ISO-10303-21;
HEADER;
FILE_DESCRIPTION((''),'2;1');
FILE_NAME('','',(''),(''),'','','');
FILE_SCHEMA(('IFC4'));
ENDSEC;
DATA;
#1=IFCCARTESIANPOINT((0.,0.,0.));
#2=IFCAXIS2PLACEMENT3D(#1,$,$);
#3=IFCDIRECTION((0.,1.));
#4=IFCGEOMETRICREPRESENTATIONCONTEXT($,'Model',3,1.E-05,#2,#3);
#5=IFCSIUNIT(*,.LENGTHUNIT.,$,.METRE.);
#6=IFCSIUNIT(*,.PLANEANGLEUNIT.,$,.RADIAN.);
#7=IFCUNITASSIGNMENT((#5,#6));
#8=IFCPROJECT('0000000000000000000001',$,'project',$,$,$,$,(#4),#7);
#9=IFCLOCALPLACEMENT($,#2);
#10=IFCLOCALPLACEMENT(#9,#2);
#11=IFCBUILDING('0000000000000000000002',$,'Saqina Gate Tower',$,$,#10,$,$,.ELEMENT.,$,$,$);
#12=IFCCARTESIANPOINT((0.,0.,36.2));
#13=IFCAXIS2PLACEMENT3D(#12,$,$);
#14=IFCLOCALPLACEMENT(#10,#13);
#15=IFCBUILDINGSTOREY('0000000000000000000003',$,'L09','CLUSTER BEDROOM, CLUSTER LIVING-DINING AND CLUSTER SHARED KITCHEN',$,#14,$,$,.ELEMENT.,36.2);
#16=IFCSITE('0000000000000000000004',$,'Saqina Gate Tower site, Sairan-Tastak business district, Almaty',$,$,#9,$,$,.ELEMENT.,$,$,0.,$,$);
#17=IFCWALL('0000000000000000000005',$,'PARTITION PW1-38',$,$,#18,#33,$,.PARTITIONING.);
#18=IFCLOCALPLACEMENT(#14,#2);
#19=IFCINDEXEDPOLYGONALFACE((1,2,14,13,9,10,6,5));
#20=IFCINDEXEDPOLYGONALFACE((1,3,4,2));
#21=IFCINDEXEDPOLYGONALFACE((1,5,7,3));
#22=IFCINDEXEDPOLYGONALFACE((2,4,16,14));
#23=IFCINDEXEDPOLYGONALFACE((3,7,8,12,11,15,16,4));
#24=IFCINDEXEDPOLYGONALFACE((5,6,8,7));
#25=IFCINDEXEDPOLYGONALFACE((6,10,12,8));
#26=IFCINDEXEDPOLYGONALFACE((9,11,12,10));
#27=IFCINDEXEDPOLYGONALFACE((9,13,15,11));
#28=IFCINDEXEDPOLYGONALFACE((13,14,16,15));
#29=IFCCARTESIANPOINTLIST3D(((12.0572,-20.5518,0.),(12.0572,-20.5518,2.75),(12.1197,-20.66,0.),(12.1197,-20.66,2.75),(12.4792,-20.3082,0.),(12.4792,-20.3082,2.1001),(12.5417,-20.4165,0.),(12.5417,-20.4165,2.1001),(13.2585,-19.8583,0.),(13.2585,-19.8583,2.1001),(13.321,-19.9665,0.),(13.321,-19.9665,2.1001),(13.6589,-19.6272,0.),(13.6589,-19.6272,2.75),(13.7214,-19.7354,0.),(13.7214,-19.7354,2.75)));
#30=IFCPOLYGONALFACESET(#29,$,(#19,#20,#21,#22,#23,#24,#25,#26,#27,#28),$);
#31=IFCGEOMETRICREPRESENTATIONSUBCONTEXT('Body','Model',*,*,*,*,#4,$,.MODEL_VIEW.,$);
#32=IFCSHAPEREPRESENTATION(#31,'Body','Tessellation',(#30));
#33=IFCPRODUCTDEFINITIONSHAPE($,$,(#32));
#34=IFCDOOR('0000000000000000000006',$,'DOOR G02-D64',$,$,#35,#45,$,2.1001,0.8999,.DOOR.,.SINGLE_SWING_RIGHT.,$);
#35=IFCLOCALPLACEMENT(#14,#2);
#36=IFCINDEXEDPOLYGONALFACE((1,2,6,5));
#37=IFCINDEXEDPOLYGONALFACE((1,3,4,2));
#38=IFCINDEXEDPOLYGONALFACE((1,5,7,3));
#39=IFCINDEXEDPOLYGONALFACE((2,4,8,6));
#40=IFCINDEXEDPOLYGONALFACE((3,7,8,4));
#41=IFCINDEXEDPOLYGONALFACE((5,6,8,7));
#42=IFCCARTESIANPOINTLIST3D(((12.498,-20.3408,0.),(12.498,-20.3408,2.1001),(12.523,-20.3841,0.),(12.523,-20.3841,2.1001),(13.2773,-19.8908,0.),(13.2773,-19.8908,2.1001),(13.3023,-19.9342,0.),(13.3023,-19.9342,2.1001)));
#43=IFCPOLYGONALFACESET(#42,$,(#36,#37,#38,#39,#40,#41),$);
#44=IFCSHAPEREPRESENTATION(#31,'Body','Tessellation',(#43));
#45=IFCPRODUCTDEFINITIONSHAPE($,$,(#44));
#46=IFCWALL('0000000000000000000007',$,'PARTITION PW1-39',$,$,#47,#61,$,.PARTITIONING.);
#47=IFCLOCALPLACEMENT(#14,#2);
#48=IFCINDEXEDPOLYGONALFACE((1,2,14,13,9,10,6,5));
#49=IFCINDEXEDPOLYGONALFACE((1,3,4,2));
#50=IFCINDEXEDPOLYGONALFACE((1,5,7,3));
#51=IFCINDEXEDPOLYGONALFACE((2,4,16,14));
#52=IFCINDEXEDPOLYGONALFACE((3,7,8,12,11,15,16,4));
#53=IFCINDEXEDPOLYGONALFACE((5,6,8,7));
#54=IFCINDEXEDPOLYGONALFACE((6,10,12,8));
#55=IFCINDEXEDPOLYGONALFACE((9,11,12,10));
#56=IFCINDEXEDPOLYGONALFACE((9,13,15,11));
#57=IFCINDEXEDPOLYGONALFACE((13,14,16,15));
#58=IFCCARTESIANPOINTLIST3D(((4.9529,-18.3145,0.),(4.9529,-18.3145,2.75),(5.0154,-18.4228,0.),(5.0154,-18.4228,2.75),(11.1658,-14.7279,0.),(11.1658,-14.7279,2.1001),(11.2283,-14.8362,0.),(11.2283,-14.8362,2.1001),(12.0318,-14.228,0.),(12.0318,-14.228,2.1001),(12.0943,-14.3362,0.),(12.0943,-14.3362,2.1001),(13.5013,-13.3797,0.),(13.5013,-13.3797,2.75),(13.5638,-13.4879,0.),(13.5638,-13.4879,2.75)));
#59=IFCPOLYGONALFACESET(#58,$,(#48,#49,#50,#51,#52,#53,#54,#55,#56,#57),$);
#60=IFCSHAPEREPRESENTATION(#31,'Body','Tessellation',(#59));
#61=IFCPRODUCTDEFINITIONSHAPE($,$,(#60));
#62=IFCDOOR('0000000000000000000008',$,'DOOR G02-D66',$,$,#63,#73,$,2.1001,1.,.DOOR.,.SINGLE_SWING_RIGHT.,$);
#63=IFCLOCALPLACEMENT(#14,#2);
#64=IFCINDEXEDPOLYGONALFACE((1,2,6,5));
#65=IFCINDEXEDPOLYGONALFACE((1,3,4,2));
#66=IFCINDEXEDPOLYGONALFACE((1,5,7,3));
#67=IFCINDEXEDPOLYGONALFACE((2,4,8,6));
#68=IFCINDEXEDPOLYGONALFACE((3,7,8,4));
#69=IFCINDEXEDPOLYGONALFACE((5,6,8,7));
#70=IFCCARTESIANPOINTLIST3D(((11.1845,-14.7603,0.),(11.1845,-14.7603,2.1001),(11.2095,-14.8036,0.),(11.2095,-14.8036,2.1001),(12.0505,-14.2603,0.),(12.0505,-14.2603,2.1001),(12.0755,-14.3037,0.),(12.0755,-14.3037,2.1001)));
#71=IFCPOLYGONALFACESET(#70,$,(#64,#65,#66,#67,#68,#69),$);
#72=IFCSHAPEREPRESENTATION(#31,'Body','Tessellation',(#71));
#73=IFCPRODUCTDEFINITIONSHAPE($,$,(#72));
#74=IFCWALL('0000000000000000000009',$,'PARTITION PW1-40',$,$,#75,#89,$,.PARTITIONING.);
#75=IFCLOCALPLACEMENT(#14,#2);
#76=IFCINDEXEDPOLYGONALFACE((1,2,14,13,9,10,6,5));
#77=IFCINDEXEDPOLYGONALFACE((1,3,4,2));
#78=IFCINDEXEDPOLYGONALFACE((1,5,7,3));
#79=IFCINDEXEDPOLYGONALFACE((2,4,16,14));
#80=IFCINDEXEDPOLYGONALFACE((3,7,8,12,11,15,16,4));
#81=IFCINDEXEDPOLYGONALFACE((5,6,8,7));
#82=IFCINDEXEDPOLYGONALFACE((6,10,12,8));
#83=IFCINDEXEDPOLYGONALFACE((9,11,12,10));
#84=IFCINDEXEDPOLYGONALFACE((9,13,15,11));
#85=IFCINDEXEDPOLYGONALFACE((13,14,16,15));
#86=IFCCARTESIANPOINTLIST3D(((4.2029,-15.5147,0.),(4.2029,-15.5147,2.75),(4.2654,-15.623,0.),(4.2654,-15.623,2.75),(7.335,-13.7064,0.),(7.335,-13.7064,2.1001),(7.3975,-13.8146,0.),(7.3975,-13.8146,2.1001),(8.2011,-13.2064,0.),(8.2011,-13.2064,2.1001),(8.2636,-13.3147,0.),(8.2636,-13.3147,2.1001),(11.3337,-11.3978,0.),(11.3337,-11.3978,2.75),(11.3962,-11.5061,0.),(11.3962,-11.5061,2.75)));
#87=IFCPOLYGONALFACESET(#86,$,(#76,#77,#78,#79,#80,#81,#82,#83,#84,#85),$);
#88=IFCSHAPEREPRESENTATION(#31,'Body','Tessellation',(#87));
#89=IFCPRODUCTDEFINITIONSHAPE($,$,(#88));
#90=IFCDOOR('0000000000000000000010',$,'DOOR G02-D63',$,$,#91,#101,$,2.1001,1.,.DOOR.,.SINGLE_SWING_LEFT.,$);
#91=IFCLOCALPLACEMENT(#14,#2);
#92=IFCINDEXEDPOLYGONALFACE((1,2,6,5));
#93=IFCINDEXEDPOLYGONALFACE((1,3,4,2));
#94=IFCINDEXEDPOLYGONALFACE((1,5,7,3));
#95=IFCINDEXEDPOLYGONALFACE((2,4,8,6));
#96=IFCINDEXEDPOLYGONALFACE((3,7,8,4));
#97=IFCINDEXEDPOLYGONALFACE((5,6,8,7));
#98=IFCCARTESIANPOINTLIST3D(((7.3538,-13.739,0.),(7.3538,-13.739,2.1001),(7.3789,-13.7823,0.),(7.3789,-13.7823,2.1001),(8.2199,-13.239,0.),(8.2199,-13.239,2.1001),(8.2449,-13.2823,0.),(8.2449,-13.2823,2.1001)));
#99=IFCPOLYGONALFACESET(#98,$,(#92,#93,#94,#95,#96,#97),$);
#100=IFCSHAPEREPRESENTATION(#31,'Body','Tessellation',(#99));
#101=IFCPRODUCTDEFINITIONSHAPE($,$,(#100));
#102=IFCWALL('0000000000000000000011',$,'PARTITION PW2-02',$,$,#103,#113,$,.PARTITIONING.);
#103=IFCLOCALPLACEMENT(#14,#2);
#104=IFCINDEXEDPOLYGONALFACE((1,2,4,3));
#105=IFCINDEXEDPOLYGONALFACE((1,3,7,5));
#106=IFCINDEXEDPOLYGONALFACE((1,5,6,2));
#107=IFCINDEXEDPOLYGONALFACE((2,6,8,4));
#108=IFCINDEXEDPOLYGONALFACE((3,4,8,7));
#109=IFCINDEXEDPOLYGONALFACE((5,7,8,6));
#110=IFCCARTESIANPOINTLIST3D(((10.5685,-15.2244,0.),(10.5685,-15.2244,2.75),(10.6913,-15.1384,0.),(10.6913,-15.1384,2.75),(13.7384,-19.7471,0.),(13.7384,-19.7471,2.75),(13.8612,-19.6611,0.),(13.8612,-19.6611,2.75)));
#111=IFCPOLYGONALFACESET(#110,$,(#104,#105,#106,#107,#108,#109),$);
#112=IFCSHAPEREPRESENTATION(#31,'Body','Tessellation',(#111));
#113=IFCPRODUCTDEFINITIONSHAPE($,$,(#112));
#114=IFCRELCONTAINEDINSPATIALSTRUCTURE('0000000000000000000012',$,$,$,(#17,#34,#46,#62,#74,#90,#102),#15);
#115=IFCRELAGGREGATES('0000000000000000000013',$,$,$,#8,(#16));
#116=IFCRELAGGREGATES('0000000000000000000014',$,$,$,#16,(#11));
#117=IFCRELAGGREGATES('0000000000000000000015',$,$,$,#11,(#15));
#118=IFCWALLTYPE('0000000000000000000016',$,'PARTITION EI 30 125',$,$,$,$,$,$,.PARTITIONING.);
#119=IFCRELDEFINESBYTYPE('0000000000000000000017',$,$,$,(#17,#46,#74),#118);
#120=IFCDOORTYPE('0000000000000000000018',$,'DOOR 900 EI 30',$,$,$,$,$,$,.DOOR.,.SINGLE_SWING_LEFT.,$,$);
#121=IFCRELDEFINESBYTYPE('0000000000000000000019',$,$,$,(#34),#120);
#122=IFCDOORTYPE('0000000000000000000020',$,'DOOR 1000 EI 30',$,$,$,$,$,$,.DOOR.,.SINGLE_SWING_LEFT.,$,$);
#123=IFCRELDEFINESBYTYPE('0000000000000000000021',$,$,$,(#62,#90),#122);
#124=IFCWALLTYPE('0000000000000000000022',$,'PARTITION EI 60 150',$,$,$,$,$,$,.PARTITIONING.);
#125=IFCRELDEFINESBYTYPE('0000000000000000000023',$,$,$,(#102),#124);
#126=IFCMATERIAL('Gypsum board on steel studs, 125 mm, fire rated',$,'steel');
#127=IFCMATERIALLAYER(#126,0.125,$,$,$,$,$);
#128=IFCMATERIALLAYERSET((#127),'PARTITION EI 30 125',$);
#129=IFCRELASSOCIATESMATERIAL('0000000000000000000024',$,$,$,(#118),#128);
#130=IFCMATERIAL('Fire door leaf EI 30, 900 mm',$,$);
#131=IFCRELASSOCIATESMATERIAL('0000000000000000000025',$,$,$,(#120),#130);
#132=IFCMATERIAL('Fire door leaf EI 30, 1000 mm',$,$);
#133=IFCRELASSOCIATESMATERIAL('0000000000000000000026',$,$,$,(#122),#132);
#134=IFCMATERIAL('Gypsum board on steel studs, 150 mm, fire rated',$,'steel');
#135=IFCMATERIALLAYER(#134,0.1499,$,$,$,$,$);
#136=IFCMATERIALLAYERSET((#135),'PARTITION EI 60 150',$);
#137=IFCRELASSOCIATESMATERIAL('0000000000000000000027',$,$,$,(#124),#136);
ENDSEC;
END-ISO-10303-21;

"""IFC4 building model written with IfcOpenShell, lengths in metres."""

from ifc_helpers import new_model, si_unit, direction, frame, frame_2d, origin, place, context, subcontext, project, spatial, rectangle, extrude, material, layer, layer_set, type_object, element, fill, save


model = new_model("IFC4")

# Units and contexts
model_context = context("Model", 3, precision=1e-05, world=origin(), true_north=direction((0.0, 1.0)))
body_context = subcontext(model_context, "Body", "Model", "MODEL_VIEW")
ifc_project = project(units=[si_unit("LENGTHUNIT", "METRE"), si_unit("PLANEANGLEUNIT", "RADIAN")], contexts=[model_context])

# Site, building, storey
site_placement = place(None, origin())
site = spatial("IfcSite", under=ifc_project, at=site_placement, Name="Saqina Gate Tower site, Sairan-Tastak business district, Almaty", CompositionType="ELEMENT", RefElevation=0.0)
building_placement = place(site_placement, origin())
building = spatial("IfcBuilding", under=site, at=building_placement, Name="Saqina Gate Tower", CompositionType="ELEMENT")
storey_placement = place(building_placement, frame((0.0, 0.0, 36.2)))
storey = spatial("IfcBuildingStorey", under=building, at=storey_placement, Name="L09", Description="CLUSTER BEDROOM, CLUSTER LIVING-DINING AND CLUSTER SHARED KITCHEN", CompositionType="ELEMENT", Elevation=36.2)

# Walls, openings, doors
ifc_material_1 = material(Name="Gypsum board on steel studs, 125 mm, fire rated", Category="steel")
ifc_layer_1 = layer(ifc_material_1, 0.125)
ifc_layer_set_1 = layer_set([ifc_layer_1], Name="PARTITION EI 30 125")
wall_type_1 = type_object("IfcWallType", Name="PARTITION EI 30 125", PredefinedType="PARTITIONING", material=ifc_layer_set_1)
wall_1_placement = place(storey_placement, frame((12.0884, -20.606, 0.0), z_axis=(0.0, 0.0, 1.0), x_axis=(0.866049, 0.499959, 0.0)))
wall_1 = element("IfcWall", 1, at=wall_1_placement, inside=storey, type_object=wall_type_1, Name="PARTITION PW1-38", PredefinedType="PARTITIONING", context=body_context, shape_type="SweptSolid", body=[
    extrude(rectangle(XDim=1.8494, YDim=0.125, at=frame_2d((0.9248, 0.0))), origin(), (0.0, 0.0, 1.0), 2.75),
])
opening_1_placement = place(wall_1_placement, frame((0.4873, 0.0, 0.0)))
opening_1 = element("IfcOpeningElement", 2, at=opening_1_placement, cuts=wall_1, PredefinedType="OPENING", context=body_context, shape_type="SweptSolid", body=[
    extrude(rectangle(XDim=0.8999, YDim=2.1001, at=frame_2d((0.45, 1.05))), frame((0.0, 0.0745, 0.0), z_axis=(0.0, -1.0, 0.0), x_axis=(1.0, 0.0, 0.0)), (0.0, 0.0, 1.0), 0.1489),
])
ifc_material_2 = material(Name="Fire door leaf EI 30, 900 mm")
door_type_1 = type_object("IfcDoorType", Name="DOOR 900 EI 30", OperationType="SINGLE_SWING_LEFT", PredefinedType="DOOR", material=ifc_material_2)
door_1_placement = place(opening_1_placement, origin())
door_1 = element("IfcDoor", 3, at=door_1_placement, inside=storey, type_object=door_type_1, Name="DOOR G02-D64", OperationType="SINGLE_SWING_RIGHT", OverallHeight=2.1001, OverallWidth=0.8999, PredefinedType="DOOR", context=body_context, shape_type="SweptSolid", body=[
    extrude(rectangle(XDim=0.8999, YDim=2.1001, at=frame_2d((0.45, 1.05))), frame((0.0, 0.0249, 0.0), z_axis=(0.0, -1.0, 0.0), x_axis=(1.0, 0.0, 0.0)), (0.0, 0.0, 1.0), 0.05),
])
fill(opening_1, door_1)
wall_2_placement = place(storey_placement, frame((4.9841, -18.3687, 0.0), z_axis=(0.0, 0.0, 1.0), x_axis=(0.86605, 0.499957, 0.0)))
wall_2 = element("IfcWall", 4, at=wall_2_placement, inside=storey, type_object=wall_type_1, Name="PARTITION PW1-39", PredefinedType="PARTITIONING", context=body_context, shape_type="SweptSolid", body=[
    extrude(rectangle(XDim=9.8706, YDim=0.125, at=frame_2d((4.9353, 0.0))), origin(), (0.0, 0.0, 1.0), 2.75),
])
opening_2_placement = place(wall_2_placement, frame((7.1738, 0.0, 0.0)))
opening_2 = element("IfcOpeningElement", 5, at=opening_2_placement, cuts=wall_2, PredefinedType="OPENING", context=body_context, shape_type="SweptSolid", body=[
    extrude(rectangle(XDim=1.0, YDim=2.1001, at=frame_2d((0.5, 1.05))), frame((0.0, 0.0745, 0.0), z_axis=(0.0, -1.0, 0.0), x_axis=(1.0, 0.0, 0.0)), (0.0, 0.0, 1.0), 0.1489),
])
ifc_material_3 = material(Name="Fire door leaf EI 30, 1000 mm")
door_type_2 = type_object("IfcDoorType", Name="DOOR 1000 EI 30", OperationType="SINGLE_SWING_LEFT", PredefinedType="DOOR", material=ifc_material_3)
door_2_placement = place(opening_2_placement, frame((1.0, 0.0, 0.0), z_axis=(0.0, 0.0, 1.0), x_axis=(-1.0, 0.0, 0.0)))
door_2 = element("IfcDoor", 6, at=door_2_placement, inside=storey, type_object=door_type_2, Name="DOOR G02-D66", OperationType="SINGLE_SWING_RIGHT", OverallHeight=2.1001, OverallWidth=1.0, PredefinedType="DOOR", context=body_context, shape_type="SweptSolid", body=[
    extrude(rectangle(XDim=1.0, YDim=2.1001, at=frame_2d((0.5, 1.05))), frame((0.0, 0.0249, 0.0), z_axis=(0.0, -1.0, 0.0), x_axis=(1.0, 0.0, 0.0)), (0.0, 0.0, 1.0), 0.05),
])
fill(opening_2, door_2)
wall_3_placement = place(storey_placement, frame((4.2341, -15.5688, 0.0), z_axis=(0.0, 0.0, 1.0), x_axis=(0.866029, 0.499995, 0.0)))
wall_3 = element("IfcWall", 7, at=wall_3_placement, inside=storey, type_object=wall_type_1, Name="PARTITION PW1-40", PredefinedType="PARTITIONING", context=body_context, shape_type="SweptSolid", body=[
    extrude(rectangle(XDim=8.2339, YDim=0.125, at=frame_2d((4.1169, 0.0))), origin(), (0.0, 0.0, 1.0), 2.75),
])
opening_3_placement = place(wall_3_placement, frame((3.6167, 0.0, 0.0)))
opening_3 = element("IfcOpeningElement", 8, at=opening_3_placement, cuts=wall_3, PredefinedType="OPENING", context=body_context, shape_type="SweptSolid", body=[
    extrude(rectangle(XDim=1.0, YDim=2.1001, at=frame_2d((0.5, 1.05))), frame((0.0, 0.0745, 0.0), z_axis=(0.0, -1.0, 0.0), x_axis=(1.0, 0.0, 0.0)), (0.0, 0.0, 1.0), 0.1489),
])
door_3_placement = place(opening_3_placement, origin())
door_3 = element("IfcDoor", 9, at=door_3_placement, inside=storey, type_object=door_type_2, Name="DOOR G02-D63", OperationType="SINGLE_SWING_LEFT", OverallHeight=2.1001, OverallWidth=1.0, PredefinedType="DOOR", context=body_context, shape_type="SweptSolid", body=[
    extrude(rectangle(XDim=1.0, YDim=2.1001, at=frame_2d((0.5, 1.05))), frame((0.0, 0.0249, 0.0), z_axis=(0.0, -1.0, 0.0), x_axis=(1.0, 0.0, 0.0)), (0.0, 0.0, 1.0), 0.05),
])
fill(opening_3, door_3)

# Wall
ifc_material_4 = material(Name="Gypsum board on steel studs, 150 mm, fire rated", Category="steel")
ifc_layer_2 = layer(ifc_material_4, 0.1499)
ifc_layer_set_2 = layer_set([ifc_layer_2], Name="PARTITION EI 60 150")
wall_type_2 = type_object("IfcWallType", Name="PARTITION EI 60 150", PredefinedType="PARTITIONING", material=ifc_layer_set_2)
wall_4_placement = place(storey_placement, frame((10.6299, -15.1814, 0.0), z_axis=(0.0, 0.0, 1.0), x_axis=(0.573952, -0.818889, 0.0)))
element("IfcWall", 10, at=wall_4_placement, inside=storey, type_object=wall_type_2, Name="PARTITION PW2-02", PredefinedType="PARTITIONING", context=body_context, shape_type="SweptSolid", body=[
    extrude(rectangle(XDim=5.5229, YDim=0.1499, at=frame_2d((2.7615, 0.0))), origin(), (0.0, 0.0, 1.0), 2.75),
])

save(model, "model.ifc")
